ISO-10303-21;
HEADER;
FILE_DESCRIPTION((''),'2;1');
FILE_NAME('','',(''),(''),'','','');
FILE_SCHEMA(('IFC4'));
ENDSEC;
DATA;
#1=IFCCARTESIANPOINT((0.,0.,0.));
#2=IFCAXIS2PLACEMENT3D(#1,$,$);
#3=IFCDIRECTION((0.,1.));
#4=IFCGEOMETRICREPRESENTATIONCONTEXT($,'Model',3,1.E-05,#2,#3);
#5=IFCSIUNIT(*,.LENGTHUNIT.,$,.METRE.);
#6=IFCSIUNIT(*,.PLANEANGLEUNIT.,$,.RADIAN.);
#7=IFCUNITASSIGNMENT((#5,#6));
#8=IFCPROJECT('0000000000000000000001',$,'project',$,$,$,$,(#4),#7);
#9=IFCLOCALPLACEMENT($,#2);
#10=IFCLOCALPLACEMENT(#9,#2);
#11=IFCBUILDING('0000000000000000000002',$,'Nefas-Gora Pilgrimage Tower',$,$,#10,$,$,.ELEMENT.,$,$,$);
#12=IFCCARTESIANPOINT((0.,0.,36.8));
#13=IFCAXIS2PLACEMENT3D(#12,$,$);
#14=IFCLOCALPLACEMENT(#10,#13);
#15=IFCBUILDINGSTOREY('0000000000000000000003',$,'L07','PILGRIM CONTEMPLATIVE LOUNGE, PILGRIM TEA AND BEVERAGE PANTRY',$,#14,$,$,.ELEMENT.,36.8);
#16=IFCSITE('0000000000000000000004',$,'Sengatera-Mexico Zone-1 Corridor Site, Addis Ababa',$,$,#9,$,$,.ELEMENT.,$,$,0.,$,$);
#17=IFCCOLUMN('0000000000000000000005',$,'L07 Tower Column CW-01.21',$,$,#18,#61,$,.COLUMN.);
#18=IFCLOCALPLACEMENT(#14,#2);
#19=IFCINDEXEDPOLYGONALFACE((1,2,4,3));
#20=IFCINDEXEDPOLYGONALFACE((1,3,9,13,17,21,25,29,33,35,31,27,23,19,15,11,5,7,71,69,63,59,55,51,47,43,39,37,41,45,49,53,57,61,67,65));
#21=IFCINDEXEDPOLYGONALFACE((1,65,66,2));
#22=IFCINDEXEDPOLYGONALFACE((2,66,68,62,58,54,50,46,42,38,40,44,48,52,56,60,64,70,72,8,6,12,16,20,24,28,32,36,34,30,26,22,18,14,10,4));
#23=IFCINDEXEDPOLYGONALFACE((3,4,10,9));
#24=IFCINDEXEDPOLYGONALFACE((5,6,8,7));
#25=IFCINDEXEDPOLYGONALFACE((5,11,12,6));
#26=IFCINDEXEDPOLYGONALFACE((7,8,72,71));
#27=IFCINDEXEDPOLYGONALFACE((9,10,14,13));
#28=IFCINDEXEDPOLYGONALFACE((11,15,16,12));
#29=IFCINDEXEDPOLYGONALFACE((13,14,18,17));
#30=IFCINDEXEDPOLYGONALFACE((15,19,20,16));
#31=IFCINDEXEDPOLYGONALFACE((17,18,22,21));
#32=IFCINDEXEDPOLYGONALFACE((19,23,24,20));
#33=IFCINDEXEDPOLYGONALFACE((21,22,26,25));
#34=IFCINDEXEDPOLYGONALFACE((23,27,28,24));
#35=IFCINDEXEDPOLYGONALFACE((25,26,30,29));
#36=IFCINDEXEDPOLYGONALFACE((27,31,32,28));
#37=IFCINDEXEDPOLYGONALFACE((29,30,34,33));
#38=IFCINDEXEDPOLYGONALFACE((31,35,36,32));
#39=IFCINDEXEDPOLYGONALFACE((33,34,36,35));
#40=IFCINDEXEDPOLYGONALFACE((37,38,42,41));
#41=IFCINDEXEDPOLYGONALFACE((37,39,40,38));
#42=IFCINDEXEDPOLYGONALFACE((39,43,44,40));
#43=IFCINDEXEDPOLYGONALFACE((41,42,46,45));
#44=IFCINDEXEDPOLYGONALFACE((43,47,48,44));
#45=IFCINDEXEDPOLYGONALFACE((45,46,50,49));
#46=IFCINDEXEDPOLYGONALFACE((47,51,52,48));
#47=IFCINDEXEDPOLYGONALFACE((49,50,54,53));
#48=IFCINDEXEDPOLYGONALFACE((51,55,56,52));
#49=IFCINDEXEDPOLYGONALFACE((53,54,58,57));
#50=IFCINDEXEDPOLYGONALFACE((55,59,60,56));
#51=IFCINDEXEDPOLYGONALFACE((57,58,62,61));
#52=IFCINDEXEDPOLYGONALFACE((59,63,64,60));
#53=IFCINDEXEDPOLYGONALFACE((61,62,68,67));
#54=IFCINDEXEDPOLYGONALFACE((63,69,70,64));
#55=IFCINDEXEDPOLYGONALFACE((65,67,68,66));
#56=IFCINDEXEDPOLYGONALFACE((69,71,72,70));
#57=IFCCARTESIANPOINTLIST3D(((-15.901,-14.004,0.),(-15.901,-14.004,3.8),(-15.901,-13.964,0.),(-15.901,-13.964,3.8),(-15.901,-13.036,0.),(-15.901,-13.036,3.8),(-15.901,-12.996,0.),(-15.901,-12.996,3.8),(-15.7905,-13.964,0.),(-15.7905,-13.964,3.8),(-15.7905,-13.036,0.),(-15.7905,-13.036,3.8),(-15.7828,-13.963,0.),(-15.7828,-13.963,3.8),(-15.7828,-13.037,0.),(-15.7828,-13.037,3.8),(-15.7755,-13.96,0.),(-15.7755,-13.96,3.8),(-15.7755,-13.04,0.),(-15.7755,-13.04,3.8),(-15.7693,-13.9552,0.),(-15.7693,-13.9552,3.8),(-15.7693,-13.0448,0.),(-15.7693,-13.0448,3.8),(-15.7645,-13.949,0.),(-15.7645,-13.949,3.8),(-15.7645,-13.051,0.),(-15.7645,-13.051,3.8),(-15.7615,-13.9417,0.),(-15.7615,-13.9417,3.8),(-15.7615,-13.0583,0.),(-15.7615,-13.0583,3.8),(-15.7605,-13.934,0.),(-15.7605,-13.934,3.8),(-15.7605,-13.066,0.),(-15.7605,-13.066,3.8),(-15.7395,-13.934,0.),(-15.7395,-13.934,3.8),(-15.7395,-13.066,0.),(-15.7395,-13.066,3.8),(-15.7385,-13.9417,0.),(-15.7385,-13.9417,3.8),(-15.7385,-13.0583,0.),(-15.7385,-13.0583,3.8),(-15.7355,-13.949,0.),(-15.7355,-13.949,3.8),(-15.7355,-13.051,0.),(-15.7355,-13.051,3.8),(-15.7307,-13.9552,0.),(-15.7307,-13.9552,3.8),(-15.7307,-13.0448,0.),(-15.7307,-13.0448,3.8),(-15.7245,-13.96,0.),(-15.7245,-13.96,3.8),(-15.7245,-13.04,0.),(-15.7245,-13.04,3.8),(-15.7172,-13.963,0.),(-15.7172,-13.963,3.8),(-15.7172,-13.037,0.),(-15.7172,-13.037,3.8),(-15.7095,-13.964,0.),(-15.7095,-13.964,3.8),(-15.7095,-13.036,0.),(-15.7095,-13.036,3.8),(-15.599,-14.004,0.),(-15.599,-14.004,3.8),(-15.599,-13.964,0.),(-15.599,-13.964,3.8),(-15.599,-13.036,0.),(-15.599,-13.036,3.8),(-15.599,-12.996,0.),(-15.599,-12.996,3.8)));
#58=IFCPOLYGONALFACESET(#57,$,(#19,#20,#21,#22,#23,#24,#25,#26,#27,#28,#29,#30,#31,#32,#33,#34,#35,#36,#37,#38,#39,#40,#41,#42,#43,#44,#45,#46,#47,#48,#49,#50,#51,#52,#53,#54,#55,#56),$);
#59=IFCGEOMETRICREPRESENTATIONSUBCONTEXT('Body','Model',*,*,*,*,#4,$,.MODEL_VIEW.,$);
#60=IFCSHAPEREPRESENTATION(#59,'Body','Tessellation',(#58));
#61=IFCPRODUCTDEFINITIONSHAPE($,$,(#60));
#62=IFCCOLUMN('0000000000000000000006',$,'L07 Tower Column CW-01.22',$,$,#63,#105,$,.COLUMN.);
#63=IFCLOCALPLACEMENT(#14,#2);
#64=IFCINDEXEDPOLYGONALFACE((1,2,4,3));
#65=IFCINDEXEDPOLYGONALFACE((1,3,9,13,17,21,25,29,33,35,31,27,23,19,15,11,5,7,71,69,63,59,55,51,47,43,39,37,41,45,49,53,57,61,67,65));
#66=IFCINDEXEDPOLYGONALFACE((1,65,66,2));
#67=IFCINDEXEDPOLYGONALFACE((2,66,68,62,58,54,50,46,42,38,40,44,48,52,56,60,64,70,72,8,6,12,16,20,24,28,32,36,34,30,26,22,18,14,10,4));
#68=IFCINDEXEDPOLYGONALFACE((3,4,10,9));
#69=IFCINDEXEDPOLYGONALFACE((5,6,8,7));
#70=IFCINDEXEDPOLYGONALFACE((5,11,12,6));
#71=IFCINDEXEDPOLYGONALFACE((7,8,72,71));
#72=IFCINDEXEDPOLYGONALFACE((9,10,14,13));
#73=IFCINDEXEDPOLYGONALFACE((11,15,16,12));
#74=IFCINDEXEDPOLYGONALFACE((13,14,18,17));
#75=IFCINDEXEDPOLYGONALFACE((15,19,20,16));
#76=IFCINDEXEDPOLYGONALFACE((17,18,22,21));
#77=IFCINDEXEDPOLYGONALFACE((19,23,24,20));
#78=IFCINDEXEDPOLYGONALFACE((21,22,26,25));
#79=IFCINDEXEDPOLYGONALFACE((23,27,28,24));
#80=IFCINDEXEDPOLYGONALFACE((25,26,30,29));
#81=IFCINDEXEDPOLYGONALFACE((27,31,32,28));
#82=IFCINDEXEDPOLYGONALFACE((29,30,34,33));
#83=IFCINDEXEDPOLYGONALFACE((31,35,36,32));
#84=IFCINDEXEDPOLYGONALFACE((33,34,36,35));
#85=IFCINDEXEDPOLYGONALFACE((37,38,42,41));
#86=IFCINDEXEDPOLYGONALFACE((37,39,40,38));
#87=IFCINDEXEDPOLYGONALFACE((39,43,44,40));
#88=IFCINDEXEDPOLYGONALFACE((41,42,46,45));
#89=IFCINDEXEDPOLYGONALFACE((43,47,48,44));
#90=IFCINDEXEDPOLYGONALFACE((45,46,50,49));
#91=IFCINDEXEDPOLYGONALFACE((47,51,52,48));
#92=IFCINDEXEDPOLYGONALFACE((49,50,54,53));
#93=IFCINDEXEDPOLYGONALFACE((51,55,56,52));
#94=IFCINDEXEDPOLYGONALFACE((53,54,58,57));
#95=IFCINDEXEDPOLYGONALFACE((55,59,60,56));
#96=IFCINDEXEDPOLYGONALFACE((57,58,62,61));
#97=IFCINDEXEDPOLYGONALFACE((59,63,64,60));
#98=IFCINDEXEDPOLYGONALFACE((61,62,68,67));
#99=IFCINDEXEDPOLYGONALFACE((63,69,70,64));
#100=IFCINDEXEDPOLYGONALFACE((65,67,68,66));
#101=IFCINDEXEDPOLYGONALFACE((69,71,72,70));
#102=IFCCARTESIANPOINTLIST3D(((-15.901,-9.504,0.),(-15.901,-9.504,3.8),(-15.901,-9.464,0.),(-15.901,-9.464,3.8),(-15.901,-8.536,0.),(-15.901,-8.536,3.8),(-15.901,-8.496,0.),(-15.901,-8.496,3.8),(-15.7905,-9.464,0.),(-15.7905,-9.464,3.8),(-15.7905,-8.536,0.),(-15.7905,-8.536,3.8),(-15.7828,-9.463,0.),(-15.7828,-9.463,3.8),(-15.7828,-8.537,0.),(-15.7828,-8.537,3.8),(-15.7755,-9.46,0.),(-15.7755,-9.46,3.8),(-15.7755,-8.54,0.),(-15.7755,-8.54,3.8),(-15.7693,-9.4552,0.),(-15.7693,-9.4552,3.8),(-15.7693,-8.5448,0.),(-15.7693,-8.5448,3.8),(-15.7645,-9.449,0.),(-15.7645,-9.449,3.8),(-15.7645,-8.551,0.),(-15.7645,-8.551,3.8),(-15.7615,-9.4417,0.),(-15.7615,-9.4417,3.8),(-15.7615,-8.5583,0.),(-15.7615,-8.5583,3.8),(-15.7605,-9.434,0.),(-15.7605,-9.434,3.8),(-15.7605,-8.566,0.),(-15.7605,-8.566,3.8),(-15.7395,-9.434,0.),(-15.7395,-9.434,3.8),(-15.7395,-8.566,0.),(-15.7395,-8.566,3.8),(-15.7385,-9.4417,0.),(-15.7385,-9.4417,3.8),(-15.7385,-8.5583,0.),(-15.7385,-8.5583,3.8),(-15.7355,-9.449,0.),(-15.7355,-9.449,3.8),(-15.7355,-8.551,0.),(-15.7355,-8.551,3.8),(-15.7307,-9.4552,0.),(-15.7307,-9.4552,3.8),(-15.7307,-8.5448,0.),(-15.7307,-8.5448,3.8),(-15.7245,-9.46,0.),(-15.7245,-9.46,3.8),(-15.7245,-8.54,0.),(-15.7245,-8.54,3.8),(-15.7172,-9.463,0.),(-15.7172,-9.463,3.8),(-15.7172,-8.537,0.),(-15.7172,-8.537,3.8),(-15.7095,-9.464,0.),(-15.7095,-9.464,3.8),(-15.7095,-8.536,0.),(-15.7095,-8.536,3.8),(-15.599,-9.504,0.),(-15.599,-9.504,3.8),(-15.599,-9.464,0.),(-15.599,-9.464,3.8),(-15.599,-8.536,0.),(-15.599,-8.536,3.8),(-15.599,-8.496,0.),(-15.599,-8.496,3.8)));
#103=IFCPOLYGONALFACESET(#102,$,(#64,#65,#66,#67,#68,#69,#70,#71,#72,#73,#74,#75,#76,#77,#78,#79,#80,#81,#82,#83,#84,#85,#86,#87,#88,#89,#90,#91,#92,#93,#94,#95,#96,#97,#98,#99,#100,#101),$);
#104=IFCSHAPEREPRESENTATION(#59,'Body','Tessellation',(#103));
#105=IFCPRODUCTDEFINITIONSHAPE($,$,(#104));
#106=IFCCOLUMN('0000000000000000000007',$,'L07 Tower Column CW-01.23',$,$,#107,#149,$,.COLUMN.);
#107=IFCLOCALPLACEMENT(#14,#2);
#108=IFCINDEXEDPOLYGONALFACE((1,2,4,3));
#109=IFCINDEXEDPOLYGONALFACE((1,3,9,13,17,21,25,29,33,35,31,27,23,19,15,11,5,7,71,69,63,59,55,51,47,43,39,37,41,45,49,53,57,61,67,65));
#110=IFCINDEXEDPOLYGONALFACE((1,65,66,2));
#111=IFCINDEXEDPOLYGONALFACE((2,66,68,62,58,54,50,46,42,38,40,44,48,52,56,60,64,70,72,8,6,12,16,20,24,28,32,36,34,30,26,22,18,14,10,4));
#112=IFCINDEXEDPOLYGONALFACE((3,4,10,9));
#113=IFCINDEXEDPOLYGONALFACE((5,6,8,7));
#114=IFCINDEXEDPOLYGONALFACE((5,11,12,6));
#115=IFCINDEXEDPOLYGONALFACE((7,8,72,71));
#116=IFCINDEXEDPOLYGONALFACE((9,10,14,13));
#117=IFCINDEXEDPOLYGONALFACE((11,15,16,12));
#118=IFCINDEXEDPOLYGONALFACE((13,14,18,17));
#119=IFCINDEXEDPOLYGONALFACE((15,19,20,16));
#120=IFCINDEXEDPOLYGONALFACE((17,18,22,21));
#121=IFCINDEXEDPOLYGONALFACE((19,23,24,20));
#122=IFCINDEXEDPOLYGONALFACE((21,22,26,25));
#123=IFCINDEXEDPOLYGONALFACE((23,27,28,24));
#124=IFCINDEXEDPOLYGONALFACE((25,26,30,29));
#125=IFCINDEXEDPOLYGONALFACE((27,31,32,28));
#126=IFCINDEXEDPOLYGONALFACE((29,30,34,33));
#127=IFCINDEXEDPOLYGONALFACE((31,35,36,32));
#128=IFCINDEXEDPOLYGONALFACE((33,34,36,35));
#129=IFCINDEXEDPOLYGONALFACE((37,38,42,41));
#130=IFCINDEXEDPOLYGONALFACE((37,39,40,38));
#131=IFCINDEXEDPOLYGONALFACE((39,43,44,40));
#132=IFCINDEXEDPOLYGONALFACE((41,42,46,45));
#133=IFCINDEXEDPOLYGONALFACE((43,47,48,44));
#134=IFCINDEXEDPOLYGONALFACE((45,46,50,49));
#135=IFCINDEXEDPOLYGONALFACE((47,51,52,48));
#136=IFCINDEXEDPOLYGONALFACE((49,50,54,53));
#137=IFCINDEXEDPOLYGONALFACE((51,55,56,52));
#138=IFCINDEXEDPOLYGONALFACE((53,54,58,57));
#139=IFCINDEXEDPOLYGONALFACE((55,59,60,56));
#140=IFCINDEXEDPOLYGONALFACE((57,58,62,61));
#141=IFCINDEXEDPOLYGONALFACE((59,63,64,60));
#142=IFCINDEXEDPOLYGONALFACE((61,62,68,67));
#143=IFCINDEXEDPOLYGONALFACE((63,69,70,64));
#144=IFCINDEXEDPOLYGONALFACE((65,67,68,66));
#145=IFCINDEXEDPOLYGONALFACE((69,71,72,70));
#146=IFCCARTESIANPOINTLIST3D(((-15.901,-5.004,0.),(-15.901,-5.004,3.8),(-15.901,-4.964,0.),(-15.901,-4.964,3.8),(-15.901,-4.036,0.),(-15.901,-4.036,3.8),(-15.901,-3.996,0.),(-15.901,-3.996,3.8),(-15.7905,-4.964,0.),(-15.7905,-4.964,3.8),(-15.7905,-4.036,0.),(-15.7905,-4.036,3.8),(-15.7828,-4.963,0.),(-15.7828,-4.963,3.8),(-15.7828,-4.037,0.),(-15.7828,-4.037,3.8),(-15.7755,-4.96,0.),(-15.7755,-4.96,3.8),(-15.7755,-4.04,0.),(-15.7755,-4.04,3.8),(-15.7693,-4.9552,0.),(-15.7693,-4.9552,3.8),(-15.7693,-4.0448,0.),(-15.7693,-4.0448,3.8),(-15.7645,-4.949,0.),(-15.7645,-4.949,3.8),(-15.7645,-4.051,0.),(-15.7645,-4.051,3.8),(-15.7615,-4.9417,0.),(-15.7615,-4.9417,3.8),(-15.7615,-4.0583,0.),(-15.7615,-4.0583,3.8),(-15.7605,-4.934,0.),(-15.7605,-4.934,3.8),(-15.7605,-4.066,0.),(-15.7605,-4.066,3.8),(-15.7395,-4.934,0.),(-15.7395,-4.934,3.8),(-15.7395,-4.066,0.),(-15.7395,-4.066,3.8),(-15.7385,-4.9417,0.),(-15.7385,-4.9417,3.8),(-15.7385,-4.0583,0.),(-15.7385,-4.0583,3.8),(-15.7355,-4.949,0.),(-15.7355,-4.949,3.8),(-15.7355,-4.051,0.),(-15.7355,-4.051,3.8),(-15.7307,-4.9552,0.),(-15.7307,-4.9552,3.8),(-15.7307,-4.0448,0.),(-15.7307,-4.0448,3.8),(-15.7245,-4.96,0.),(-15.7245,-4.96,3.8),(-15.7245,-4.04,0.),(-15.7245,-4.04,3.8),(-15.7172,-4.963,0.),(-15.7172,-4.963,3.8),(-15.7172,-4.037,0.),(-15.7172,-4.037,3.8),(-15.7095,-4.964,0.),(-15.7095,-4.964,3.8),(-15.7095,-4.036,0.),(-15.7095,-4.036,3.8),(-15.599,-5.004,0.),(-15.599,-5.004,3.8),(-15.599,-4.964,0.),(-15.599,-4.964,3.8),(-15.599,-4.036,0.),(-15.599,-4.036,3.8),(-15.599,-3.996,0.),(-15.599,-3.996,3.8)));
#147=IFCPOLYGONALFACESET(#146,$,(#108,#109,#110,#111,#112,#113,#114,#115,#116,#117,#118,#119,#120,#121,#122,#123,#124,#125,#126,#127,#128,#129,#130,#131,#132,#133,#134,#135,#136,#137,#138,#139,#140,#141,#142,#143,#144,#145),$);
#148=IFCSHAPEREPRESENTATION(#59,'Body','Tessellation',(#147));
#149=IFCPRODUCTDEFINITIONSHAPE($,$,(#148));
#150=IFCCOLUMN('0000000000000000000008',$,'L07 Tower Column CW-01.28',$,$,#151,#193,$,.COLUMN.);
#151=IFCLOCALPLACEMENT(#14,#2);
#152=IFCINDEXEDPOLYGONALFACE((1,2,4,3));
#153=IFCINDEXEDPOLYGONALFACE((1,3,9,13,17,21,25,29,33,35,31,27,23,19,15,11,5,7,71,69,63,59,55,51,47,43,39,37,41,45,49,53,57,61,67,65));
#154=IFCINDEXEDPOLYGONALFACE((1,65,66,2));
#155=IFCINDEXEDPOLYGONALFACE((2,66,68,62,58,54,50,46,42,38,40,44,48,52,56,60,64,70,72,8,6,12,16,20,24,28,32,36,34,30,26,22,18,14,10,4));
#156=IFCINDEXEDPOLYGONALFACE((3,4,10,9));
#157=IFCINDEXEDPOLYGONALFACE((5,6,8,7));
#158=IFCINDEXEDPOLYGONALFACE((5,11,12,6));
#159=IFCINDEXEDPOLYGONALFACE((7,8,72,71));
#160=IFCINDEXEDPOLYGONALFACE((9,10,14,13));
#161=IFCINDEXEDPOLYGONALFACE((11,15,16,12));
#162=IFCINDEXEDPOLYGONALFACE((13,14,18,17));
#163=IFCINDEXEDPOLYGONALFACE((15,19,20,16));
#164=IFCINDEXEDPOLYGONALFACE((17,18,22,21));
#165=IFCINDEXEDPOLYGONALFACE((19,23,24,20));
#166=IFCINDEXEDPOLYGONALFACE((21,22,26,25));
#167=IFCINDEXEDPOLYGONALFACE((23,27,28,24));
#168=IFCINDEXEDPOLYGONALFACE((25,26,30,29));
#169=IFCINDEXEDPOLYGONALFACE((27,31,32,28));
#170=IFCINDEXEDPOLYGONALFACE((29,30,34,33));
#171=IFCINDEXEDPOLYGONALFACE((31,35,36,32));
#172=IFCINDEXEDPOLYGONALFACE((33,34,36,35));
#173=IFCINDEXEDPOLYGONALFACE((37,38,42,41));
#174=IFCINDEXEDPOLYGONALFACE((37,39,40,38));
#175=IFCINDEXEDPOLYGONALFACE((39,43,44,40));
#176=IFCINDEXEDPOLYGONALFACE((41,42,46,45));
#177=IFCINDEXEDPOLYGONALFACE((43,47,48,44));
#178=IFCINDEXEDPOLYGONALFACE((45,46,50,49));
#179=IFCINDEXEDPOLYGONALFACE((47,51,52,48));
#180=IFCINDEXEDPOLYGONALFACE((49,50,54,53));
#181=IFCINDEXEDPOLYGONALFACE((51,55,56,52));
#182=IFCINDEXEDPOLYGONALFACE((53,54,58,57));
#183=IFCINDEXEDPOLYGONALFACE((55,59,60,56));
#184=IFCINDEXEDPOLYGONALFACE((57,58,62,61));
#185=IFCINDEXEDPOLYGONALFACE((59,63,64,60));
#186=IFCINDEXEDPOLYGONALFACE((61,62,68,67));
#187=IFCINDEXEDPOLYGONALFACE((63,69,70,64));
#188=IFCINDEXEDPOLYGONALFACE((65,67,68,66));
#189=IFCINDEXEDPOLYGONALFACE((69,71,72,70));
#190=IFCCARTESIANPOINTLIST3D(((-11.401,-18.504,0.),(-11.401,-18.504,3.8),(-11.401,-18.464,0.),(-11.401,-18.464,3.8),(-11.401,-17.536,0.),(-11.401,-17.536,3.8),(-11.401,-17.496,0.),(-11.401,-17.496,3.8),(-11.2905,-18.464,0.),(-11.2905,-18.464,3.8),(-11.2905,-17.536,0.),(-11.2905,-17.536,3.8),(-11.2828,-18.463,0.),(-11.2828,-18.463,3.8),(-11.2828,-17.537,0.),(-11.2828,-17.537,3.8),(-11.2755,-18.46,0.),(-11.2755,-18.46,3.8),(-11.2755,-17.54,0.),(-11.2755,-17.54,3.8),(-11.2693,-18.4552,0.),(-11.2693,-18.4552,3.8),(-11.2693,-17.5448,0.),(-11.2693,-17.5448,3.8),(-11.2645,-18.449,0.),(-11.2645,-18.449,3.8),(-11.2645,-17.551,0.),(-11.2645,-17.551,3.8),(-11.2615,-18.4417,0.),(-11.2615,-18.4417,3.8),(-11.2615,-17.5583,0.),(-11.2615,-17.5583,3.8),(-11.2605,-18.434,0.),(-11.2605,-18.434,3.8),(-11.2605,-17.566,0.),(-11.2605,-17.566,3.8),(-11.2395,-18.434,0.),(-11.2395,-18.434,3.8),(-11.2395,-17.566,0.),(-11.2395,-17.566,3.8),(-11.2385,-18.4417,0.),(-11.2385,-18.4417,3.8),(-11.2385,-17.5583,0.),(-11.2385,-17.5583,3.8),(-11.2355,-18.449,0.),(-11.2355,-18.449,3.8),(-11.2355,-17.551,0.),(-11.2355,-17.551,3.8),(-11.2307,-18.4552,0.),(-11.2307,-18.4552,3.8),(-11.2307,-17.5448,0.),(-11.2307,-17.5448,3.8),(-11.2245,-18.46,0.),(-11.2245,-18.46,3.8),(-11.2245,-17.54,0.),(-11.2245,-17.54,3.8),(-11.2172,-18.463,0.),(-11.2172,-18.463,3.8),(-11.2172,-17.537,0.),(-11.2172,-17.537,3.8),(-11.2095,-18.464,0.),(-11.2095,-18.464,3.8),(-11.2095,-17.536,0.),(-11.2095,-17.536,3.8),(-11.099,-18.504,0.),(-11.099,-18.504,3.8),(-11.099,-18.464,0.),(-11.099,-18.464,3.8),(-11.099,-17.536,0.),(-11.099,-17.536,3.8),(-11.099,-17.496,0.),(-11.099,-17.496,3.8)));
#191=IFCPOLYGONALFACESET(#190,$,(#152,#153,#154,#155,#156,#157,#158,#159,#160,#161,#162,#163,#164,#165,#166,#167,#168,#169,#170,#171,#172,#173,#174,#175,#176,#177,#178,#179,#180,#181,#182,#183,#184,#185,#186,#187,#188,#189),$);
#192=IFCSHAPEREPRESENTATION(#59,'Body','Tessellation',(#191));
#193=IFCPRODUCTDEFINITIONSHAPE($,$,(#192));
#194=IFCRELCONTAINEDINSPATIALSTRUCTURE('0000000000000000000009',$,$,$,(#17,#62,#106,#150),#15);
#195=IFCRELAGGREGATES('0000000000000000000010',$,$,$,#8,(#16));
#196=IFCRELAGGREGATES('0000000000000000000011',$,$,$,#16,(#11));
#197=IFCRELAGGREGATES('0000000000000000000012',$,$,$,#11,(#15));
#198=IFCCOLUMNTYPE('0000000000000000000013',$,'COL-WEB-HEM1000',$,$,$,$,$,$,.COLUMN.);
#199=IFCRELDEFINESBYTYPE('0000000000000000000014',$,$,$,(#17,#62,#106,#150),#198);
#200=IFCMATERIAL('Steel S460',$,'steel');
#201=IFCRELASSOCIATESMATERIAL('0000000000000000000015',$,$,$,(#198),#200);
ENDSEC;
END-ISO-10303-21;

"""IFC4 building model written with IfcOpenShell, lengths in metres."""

from ifc_helpers import new_model, si_unit, direction, frame, origin, origin_2d, place, context, subcontext, project, spatial, i_section, extrude, source, transform, mapped, material, material_profile, profile_set, type_object, element, save


model = new_model("IFC4")

# Units and contexts
model_context = context("Model", 3, precision=1e-05, world=origin(), true_north=direction((0.0, 1.0)))
body_context = subcontext(model_context, "Body", "Model", "MODEL_VIEW")
ifc_project = project(units=[si_unit("LENGTHUNIT", "METRE"), si_unit("PLANEANGLEUNIT", "RADIAN")], contexts=[model_context])

# Site, building, storey
site_placement = place(None, origin())
site = spatial("IfcSite", under=ifc_project, at=site_placement, Name="Sengatera-Mexico Zone-1 Corridor Site, Addis Ababa", CompositionType="ELEMENT", RefElevation=0.0)
building_placement = place(site_placement, origin())
building = spatial("IfcBuilding", under=site, at=building_placement, Name="Nefas-Gora Pilgrimage Tower", CompositionType="ELEMENT")
storey_placement = place(building_placement, frame((0.0, 0.0, 36.8)))
storey = spatial("IfcBuildingStorey", under=building, at=storey_placement, Name="L07", Description="PILGRIM CONTEMPLATIVE LOUNGE, PILGRIM TEA AND BEVERAGE PANTRY", CompositionType="ELEMENT", Elevation=36.8)

# Columns
ifc_material_1 = material(Name="Steel S460", Category="steel")
ifc_material_profile_1 = material_profile(ifc_material_1, i_section(OverallWidth=0.302, OverallDepth=1.0081, WebThickness=0.021, FlangeThickness=0.04, FilletRadius=0.03, at=origin_2d()), Name="HEM 1000")
ifc_profile_set_1 = profile_set([ifc_material_profile_1], Name="Steel S460")
column_type_1 = type_object("IfcColumnType", Name="COL-WEB-HEM1000", PredefinedType="COLUMN", material=ifc_profile_set_1)
shared_shape_1 = source(origin(), body_context, "Body", "SweptSolid", [
    extrude(i_section(OverallWidth=0.302, OverallDepth=1.0081, WebThickness=0.021, FlangeThickness=0.04, FilletRadius=0.03, at=origin_2d()), origin(), (0.0, 0.0, 1.0), 3.8),
])
for number, where, z_axis, x_axis, name in (
    (1, (-15.75, -13.5, 0.0), (0.0, 0.0, 1.0), (1.0, 0.0, 0.0), "L07 Tower Column CW-01.21"),
    (2, (-15.75, -9.0, 0.0), (0.0, 0.0, 1.0), (1.0, 0.0, 0.0), "L07 Tower Column CW-01.22"),
    (3, (-15.75, -4.5, 0.0), (0.0, 0.0, 1.0), (1.0, 0.0, 0.0), "L07 Tower Column CW-01.23"),
    (4, (-11.25, -18.0, 0.0), (0.0, 0.0, 1.0), (1.0, 0.0, 0.0), "L07 Tower Column CW-01.28"),
):
    element("IfcColumn", number, at=place(storey_placement, frame(where, z_axis=z_axis, x_axis=x_axis)), inside=storey, type_object=column_type_1, Name=name, PredefinedType="COLUMN", context=body_context, shape_type="MappedRepresentation", body=[
        mapped(shared_shape_1, transform((0.0, 0.0, 0.0), x_axis=(1.0, 0.0, 0.0), y_axis=(0.0, 1.0, 0.0), z_axis=(0.0, 0.0, 1.0), scale=1.0)),
    ])

save(model, "model.ifc")
